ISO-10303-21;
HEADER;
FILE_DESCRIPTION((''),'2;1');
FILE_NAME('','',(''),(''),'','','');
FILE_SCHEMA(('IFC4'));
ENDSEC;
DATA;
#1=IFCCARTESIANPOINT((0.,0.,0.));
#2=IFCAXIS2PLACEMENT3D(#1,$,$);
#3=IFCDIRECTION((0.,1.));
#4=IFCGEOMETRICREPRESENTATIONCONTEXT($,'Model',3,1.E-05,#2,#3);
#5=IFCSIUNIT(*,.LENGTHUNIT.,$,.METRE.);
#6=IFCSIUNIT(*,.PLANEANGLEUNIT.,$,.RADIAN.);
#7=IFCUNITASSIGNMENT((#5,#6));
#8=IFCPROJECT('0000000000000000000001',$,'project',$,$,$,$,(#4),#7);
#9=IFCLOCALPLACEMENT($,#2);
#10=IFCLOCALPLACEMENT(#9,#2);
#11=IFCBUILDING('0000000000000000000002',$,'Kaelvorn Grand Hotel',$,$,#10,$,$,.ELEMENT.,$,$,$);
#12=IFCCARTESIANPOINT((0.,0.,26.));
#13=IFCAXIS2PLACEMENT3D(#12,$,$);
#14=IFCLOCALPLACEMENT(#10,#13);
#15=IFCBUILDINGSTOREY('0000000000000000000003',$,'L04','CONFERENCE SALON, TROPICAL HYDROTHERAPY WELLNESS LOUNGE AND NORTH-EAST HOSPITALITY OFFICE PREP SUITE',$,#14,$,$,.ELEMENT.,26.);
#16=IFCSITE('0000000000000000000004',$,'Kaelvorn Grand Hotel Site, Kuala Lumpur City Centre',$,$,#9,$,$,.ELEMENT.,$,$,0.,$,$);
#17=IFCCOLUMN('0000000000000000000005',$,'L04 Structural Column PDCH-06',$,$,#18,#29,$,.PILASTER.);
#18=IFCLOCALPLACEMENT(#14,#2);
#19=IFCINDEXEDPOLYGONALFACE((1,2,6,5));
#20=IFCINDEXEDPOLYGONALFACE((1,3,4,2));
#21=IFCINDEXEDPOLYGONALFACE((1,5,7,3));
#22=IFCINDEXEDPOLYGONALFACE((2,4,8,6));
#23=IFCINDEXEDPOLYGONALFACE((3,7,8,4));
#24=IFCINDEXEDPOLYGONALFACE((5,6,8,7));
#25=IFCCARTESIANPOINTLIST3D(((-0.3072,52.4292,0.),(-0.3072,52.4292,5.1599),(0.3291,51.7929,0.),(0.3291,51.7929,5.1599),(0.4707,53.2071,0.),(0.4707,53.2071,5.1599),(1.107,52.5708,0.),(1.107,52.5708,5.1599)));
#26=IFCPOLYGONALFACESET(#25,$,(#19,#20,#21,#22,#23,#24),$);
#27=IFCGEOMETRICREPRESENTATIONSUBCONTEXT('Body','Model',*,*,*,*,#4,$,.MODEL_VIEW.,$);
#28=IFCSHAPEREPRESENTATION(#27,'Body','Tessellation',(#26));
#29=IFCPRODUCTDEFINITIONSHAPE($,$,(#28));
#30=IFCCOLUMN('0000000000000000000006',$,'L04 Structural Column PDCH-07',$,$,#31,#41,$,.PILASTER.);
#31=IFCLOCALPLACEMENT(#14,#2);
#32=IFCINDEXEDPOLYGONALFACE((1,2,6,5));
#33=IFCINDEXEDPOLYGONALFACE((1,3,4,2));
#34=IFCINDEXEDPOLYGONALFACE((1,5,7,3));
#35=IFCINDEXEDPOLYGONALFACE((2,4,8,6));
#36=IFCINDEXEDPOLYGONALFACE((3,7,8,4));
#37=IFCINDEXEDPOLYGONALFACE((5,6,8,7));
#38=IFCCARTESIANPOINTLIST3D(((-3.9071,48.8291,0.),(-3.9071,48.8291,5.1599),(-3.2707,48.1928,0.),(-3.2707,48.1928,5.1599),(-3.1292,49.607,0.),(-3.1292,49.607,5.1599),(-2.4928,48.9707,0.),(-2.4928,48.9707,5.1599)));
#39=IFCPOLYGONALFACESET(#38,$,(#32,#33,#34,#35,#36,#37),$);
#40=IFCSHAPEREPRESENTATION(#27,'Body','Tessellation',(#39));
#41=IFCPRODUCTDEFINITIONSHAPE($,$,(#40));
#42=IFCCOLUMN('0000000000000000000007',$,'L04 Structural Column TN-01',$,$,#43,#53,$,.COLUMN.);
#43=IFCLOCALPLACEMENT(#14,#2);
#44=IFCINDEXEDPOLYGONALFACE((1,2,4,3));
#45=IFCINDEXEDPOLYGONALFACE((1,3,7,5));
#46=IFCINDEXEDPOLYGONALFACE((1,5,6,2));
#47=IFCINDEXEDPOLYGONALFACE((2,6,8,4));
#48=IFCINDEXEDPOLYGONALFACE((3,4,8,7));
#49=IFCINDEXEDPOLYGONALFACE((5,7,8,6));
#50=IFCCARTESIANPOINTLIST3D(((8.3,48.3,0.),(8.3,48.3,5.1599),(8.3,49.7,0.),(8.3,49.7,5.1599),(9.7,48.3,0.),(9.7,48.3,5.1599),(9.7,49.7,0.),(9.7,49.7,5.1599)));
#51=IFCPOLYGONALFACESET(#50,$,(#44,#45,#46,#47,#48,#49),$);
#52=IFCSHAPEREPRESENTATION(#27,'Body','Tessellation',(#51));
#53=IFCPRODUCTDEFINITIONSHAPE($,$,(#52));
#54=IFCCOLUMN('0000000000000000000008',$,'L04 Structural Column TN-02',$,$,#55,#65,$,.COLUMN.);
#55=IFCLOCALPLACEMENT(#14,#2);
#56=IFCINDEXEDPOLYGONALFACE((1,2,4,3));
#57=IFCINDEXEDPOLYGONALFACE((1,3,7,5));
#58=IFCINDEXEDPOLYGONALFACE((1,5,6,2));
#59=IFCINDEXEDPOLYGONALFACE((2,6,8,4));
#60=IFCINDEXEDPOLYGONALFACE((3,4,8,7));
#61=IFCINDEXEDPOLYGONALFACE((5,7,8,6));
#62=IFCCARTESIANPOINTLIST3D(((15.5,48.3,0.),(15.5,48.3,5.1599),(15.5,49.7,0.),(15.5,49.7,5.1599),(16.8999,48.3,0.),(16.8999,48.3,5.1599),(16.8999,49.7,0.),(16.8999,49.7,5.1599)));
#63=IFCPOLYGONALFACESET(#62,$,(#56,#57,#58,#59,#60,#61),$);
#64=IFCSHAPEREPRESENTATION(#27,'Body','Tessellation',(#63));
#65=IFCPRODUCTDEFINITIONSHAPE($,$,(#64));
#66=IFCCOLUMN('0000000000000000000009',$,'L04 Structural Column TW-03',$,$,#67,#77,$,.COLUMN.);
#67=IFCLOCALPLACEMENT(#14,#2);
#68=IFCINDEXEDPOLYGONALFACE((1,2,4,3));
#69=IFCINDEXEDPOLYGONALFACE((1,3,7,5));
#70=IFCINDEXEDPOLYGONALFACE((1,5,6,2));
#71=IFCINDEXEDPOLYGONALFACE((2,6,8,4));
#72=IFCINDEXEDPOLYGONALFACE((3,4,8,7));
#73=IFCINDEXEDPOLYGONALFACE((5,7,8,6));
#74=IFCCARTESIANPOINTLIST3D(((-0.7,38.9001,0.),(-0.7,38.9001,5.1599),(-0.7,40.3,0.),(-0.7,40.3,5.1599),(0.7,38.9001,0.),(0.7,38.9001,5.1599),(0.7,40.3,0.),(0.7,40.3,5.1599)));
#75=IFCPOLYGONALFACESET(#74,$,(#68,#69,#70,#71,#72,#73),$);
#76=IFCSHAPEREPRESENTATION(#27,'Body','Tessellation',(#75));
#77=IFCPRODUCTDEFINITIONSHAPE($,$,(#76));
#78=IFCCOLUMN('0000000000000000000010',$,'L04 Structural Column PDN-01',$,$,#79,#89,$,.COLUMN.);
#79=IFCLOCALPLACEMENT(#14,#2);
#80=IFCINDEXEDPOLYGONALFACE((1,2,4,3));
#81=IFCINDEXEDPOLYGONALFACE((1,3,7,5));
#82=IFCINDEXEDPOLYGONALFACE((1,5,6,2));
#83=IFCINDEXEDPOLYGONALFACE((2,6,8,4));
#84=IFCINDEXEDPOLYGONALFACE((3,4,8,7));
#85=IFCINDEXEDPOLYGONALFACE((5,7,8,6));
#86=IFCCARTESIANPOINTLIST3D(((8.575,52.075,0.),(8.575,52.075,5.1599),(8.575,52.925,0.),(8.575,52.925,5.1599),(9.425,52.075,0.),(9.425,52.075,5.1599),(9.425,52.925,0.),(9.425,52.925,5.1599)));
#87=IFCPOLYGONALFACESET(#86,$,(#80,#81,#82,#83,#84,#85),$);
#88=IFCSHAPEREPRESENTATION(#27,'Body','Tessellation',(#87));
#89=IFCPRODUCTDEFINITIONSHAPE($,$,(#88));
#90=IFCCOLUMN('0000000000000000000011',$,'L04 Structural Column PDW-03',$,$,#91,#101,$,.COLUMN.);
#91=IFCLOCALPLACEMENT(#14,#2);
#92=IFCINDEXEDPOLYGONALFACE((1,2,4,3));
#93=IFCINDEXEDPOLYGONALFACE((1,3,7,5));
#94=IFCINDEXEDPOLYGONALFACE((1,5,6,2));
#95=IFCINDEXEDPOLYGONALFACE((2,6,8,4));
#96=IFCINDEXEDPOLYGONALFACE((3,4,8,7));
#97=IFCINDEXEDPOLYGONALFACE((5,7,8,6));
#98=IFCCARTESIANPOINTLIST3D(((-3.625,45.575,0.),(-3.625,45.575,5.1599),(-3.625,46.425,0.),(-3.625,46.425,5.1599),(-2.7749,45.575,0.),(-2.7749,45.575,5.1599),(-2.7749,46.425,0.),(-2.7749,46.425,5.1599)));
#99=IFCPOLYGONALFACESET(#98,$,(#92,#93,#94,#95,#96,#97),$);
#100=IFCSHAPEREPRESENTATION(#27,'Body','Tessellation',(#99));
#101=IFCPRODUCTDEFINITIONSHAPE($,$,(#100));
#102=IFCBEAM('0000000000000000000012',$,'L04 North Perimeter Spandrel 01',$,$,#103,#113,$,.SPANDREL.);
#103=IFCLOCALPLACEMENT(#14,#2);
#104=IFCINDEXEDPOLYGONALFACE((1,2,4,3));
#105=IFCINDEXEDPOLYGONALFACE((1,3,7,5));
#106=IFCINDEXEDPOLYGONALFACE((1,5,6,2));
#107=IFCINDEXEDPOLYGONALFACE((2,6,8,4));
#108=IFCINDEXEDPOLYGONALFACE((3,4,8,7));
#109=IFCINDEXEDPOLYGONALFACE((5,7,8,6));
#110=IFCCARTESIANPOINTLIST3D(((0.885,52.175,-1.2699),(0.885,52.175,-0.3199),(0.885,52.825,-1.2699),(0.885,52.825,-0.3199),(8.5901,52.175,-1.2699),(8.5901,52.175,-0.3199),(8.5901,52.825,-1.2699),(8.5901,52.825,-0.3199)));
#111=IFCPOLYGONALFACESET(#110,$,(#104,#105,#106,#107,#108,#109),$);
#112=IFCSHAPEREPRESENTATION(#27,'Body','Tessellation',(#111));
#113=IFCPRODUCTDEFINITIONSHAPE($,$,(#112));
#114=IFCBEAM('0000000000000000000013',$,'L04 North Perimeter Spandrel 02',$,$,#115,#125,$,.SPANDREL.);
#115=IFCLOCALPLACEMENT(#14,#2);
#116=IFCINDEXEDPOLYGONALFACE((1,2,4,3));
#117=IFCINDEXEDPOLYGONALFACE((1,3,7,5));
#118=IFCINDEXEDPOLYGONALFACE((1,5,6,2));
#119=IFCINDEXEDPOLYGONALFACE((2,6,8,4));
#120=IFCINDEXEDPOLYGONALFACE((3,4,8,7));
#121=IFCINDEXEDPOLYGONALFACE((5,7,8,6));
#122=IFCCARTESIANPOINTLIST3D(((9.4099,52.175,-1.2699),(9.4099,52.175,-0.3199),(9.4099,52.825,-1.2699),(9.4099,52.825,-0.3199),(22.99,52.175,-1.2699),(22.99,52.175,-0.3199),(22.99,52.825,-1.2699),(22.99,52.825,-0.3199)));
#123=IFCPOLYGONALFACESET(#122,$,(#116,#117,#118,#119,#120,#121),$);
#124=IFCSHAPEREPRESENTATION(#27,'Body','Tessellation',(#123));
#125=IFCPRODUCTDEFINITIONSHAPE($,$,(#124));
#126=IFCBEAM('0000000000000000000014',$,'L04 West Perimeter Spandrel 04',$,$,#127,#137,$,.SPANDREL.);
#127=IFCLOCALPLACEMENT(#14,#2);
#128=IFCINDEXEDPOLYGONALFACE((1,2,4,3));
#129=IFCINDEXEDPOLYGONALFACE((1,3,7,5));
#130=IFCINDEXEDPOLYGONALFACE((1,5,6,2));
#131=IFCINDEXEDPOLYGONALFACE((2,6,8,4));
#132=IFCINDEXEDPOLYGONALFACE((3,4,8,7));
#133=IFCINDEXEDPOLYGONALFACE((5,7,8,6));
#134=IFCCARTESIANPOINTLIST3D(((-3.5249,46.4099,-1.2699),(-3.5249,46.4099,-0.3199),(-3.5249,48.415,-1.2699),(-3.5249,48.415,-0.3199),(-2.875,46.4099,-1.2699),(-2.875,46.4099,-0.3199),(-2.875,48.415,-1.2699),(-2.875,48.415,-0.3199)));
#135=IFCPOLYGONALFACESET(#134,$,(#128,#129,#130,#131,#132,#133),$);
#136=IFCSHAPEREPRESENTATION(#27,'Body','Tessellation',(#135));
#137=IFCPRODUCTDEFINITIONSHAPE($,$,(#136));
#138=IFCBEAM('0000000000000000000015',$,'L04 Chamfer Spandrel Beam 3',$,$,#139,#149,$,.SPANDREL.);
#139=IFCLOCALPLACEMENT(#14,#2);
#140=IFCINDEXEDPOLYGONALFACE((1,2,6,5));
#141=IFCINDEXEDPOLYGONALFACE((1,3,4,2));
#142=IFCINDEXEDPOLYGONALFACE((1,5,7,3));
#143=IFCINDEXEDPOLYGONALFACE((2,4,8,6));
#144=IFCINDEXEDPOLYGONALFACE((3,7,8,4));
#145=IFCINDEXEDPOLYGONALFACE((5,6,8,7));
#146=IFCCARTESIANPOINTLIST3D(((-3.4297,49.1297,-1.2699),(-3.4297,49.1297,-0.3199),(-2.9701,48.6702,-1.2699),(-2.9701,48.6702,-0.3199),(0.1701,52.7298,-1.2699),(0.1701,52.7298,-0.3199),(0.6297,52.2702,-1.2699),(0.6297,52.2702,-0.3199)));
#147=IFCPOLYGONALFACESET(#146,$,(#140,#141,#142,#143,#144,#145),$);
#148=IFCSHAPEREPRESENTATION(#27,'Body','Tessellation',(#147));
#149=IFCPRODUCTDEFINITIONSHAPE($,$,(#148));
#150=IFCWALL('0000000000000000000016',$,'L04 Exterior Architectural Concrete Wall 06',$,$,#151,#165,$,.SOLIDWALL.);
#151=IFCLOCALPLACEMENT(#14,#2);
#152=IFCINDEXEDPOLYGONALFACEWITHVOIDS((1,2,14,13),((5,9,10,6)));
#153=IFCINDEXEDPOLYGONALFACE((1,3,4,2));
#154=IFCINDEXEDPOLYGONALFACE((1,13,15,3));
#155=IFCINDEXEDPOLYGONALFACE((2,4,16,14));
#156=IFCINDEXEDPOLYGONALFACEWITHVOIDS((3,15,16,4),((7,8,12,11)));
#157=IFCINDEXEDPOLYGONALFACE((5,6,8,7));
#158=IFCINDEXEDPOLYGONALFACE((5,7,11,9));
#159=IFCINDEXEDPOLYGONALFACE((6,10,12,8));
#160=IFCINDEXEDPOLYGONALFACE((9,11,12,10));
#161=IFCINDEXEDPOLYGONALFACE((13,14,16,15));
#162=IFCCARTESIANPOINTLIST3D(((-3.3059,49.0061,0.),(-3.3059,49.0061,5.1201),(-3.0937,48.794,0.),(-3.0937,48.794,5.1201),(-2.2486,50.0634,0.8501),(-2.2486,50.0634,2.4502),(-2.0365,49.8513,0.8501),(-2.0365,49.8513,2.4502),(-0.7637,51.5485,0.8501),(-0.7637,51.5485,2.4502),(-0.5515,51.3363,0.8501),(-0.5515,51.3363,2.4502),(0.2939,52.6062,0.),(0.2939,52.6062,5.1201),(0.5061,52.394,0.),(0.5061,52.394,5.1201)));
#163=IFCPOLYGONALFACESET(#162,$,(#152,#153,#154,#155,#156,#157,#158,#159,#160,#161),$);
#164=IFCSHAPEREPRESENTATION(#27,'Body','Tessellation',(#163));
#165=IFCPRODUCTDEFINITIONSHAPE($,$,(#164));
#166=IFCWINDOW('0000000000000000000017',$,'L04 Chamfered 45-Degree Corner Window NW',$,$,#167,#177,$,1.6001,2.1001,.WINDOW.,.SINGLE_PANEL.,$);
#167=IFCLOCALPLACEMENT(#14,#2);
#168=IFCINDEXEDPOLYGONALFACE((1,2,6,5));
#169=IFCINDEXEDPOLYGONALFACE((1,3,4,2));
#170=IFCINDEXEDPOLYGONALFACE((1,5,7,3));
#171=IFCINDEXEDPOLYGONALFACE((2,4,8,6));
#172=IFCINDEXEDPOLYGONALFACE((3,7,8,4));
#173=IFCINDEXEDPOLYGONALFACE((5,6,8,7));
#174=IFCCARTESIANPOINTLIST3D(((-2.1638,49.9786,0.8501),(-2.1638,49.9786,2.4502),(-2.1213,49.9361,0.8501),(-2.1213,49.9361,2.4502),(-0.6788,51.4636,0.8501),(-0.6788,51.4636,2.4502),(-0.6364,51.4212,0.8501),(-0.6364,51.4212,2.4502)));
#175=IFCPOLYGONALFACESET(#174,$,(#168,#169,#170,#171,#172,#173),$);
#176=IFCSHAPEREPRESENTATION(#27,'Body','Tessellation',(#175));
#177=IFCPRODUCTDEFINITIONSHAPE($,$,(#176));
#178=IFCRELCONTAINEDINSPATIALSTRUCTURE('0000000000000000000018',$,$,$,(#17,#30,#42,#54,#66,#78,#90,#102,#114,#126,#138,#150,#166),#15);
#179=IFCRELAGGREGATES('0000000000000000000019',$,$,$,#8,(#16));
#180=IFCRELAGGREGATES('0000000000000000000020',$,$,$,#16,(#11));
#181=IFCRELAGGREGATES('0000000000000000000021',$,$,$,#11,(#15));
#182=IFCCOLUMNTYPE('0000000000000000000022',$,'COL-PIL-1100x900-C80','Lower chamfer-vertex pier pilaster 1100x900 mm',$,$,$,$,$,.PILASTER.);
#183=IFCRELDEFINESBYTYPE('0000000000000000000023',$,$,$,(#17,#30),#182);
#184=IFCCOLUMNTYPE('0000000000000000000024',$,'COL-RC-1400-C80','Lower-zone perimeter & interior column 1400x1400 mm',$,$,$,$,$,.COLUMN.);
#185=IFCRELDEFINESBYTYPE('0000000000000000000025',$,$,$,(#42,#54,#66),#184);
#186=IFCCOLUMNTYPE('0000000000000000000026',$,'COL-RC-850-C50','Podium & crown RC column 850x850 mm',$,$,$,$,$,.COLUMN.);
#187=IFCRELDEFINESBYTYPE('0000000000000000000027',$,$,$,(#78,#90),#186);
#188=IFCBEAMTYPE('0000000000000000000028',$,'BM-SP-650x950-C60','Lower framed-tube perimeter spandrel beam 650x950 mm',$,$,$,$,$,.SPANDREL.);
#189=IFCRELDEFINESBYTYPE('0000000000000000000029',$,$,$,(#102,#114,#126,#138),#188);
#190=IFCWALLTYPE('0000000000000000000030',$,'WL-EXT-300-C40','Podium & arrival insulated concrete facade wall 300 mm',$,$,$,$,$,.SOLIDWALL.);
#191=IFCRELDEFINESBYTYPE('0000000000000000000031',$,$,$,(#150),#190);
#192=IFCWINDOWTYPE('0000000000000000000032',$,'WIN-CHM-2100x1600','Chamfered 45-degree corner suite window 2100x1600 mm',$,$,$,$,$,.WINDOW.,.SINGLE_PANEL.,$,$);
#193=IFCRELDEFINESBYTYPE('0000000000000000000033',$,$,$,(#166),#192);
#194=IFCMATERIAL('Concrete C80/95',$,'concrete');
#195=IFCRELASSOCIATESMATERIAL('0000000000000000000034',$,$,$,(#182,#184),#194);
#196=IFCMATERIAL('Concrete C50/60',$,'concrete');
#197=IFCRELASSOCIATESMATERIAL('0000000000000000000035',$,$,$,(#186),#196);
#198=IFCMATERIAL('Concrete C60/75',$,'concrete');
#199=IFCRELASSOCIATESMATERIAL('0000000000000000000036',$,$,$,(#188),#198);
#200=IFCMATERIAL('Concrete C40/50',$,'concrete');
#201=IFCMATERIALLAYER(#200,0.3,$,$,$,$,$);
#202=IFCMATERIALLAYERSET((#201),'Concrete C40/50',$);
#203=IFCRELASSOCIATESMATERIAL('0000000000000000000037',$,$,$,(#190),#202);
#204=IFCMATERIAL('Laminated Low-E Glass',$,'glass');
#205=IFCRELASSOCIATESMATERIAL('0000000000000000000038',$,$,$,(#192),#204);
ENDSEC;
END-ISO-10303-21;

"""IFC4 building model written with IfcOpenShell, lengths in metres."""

from ifc_helpers import new_model, si_unit, direction, frame, frame_2d, origin, origin_2d, place, context, subcontext, project, spatial, rectangle, extrude, material, layer, layer_set, material_profile, profile_set, type_object, element, fill, save


model = new_model("IFC4")

# Units and contexts
model_context = context("Model", 3, precision=1e-05, world=origin(), true_north=direction((0.0, 1.0)))
body_context = subcontext(model_context, "Body", "Model", "MODEL_VIEW")
ifc_project = project(units=[si_unit("LENGTHUNIT", "METRE"), si_unit("PLANEANGLEUNIT", "RADIAN")], contexts=[model_context])

# Site, building, storey
site_placement = place(None, origin())
site = spatial("IfcSite", under=ifc_project, at=site_placement, Name="Kaelvorn Grand Hotel Site, Kuala Lumpur City Centre", CompositionType="ELEMENT", RefElevation=0.0)
building_placement = place(site_placement, origin())
building = spatial("IfcBuilding", under=site, at=building_placement, Name="Kaelvorn Grand Hotel", CompositionType="ELEMENT")
storey_placement = place(building_placement, frame((0.0, 0.0, 26.0)))
storey = spatial("IfcBuildingStorey", under=building, at=storey_placement, Name="L04", Description="CONFERENCE SALON, TROPICAL HYDROTHERAPY WELLNESS LOUNGE AND NORTH-EAST HOSPITALITY OFFICE PREP SUITE", CompositionType="ELEMENT", Elevation=26.0)

# Columns
ifc_material_1 = material(Name="Concrete C80/95", Category="concrete")
ifc_material_profile_1 = material_profile(ifc_material_1, rectangle(XDim=1.1001, YDim=0.8999, at=origin_2d()), Name="RC PILASTER 1100x900")
ifc_profile_set_1 = profile_set([ifc_material_profile_1], Name="Concrete C80/95")
column_type_1 = type_object("IfcColumnType", Name="COL-PIL-1100x900-C80", Description="Lower chamfer-vertex pier pilaster 1100x900 mm", PredefinedType="PILASTER", material=ifc_profile_set_1)
for number, where, z_axis, x_axis, name in (
    (1, (0.3999, 52.5, 0.0), (0.0, 0.0, 1.0), (0.707107, 0.707107, 0.0), "L04 Structural Column PDCH-06"),
    (2, (-3.2, 48.8999, 0.0), (0.0, 0.0, 1.0), (0.707107, 0.707107, 0.0), "L04 Structural Column PDCH-07"),
):
    element("IfcColumn", number, at=place(storey_placement, frame(where, z_axis=z_axis, x_axis=x_axis)), inside=storey, type_object=column_type_1, Name=name, PredefinedType="PILASTER", context=body_context, shape_type="SweptSolid", body=[
        extrude(rectangle(XDim=1.1001, YDim=0.8999, at=origin_2d()), origin(), (0.0, 0.0, 1.0), 5.1599),
    ])
ifc_material_profile_2 = material_profile(ifc_material_1, rectangle(XDim=1.3999, YDim=1.3999, at=origin_2d()), Name="RC COL 1400x1400")
ifc_profile_set_2 = profile_set([ifc_material_profile_2], Name="Concrete C80/95")
column_type_2 = type_object("IfcColumnType", Name="COL-RC-1400-C80", Description="Lower-zone perimeter & interior column 1400x1400 mm", PredefinedType="COLUMN", material=ifc_profile_set_2)
for number, where, z_axis, x_axis, name in (
    (3, (9.0, 49.0, 0.0), (0.0, 0.0, 1.0), (1.0, 0.0, 0.0), "L04 Structural Column TN-01"),
    (4, (16.2, 49.0, 0.0), (0.0, 0.0, 1.0), (1.0, 0.0, 0.0), "L04 Structural Column TN-02"),
    (5, (0.0, 39.6001, 0.0), (0.0, 0.0, 1.0), (1.0, 0.0, 0.0), "L04 Structural Column TW-03"),
):
    element("IfcColumn", number, at=place(storey_placement, frame(where, z_axis=z_axis, x_axis=x_axis)), inside=storey, type_object=column_type_2, Name=name, PredefinedType="COLUMN", context=body_context, shape_type="SweptSolid", body=[
        extrude(rectangle(XDim=1.3999, YDim=1.3999, at=origin_2d()), origin(), (0.0, 0.0, 1.0), 5.1599),
    ])
ifc_material_2 = material(Name="Concrete C50/60", Category="concrete")
ifc_material_profile_3 = material_profile(ifc_material_2, rectangle(XDim=0.8501, YDim=0.8501, at=origin_2d()), Name="RC COL 850x850")
ifc_profile_set_3 = profile_set([ifc_material_profile_3], Name="Concrete C50/60")
column_type_3 = type_object("IfcColumnType", Name="COL-RC-850-C50", Description="Podium & crown RC column 850x850 mm", PredefinedType="COLUMN", material=ifc_profile_set_3)
for number, where, z_axis, x_axis, name in (
    (6, (9.0, 52.5, 0.0), (0.0, 0.0, 1.0), (1.0, 0.0, 0.0), "L04 Structural Column PDN-01"),
    (7, (-3.2, 46.0, 0.0), (0.0, 0.0, 1.0), (1.0, 0.0, 0.0), "L04 Structural Column PDW-03"),
):
    element("IfcColumn", number, at=place(storey_placement, frame(where, z_axis=z_axis, x_axis=x_axis)), inside=storey, type_object=column_type_3, Name=name, PredefinedType="COLUMN", context=body_context, shape_type="SweptSolid", body=[
        extrude(rectangle(XDim=0.8501, YDim=0.8501, at=origin_2d()), origin(), (0.0, 0.0, 1.0), 5.1599),
    ])

# Beams
ifc_material_3 = material(Name="Concrete C60/75", Category="concrete")
ifc_material_profile_4 = material_profile(ifc_material_3, rectangle(XDim=0.6499, YDim=0.95, at=origin_2d()), Name="RC SPANDREL 650x950")
ifc_profile_set_4 = profile_set([ifc_material_profile_4], Name="Concrete C60/75")
beam_type = type_object("IfcBeamType", Name="BM-SP-650x950-C60", Description="Lower framed-tube perimeter spandrel beam 650x950 mm", PredefinedType="SPANDREL", material=ifc_profile_set_4)
beam_1_placement = place(storey_placement, frame((0.885, 52.5, -0.7949), z_axis=(1.0, 0.0, 0.0), x_axis=(0.0, 1.0, 0.0)))
element("IfcBeam", 8, at=beam_1_placement, inside=storey, type_object=beam_type, Name="L04 North Perimeter Spandrel 01", PredefinedType="SPANDREL", context=body_context, shape_type="SweptSolid", body=[
    extrude(rectangle(XDim=0.6499, YDim=0.95, at=origin_2d()), origin(), (0.0, 0.0, 1.0), 7.7051),
])
beam_2_placement = place(storey_placement, frame((9.4099, 52.5, -0.7949), z_axis=(1.0, 0.0, 0.0), x_axis=(0.0, 1.0, 0.0)))
element("IfcBeam", 9, at=beam_2_placement, inside=storey, type_object=beam_type, Name="L04 North Perimeter Spandrel 02", PredefinedType="SPANDREL", context=body_context, shape_type="SweptSolid", body=[
    extrude(rectangle(XDim=0.6499, YDim=0.95, at=origin_2d()), origin(), (0.0, 0.0, 1.0), 13.5801),
])
beam_3_placement = place(storey_placement, frame((-3.2, 46.4099, -0.7949), z_axis=(0.0, 1.0, 0.0), x_axis=(-1.0, 0.0, 0.0)))
element("IfcBeam", 10, at=beam_3_placement, inside=storey, type_object=beam_type, Name="L04 West Perimeter Spandrel 04", PredefinedType="SPANDREL", context=body_context, shape_type="SweptSolid", body=[
    extrude(rectangle(XDim=0.6499, YDim=0.95, at=origin_2d()), origin(), (0.0, 0.0, 1.0), 2.0051),
])
beam_4_placement = place(storey_placement, frame((0.3999, 52.5, -0.7949), z_axis=(-0.707083, -0.707131, 0.0), x_axis=(0.707131, -0.707083, 0.0)))
element("IfcBeam", 11, at=beam_4_placement, inside=storey, type_object=beam_type, Name="L04 Chamfer Spandrel Beam 3", PredefinedType="SPANDREL", context=body_context, shape_type="SweptSolid", body=[
    extrude(rectangle(XDim=0.6499, YDim=0.95, at=origin_2d()), origin(), (0.0, 0.0, 1.0), 5.0911),
])

# Wall, opening, window
ifc_material_4 = material(Name="Concrete C40/50", Category="concrete")
ifc_layer_1 = layer(ifc_material_4, 0.3)
ifc_layer_set_1 = layer_set([ifc_layer_1], Name="Concrete C40/50")
wall_type_1 = type_object("IfcWallType", Name="WL-EXT-300-C40", Description="Podium & arrival insulated concrete facade wall 300 mm", PredefinedType="SOLIDWALL", material=ifc_layer_set_1)
wall_1_placement = place(storey_placement, frame((0.3999, 52.5, 0.0), z_axis=(0.0, 0.0, 1.0), x_axis=(-0.707083, -0.707131, 0.0)))
wall_1 = element("IfcWall", 12, at=wall_1_placement, inside=storey, type_object=wall_type_1, Name="L04 Exterior Architectural Concrete Wall 06", PredefinedType="SOLIDWALL", context=body_context, shape_type="SweptSolid", body=[
    extrude(rectangle(XDim=5.0911, YDim=0.3, at=frame_2d((2.5454, 0.0))), origin(), (0.0, 0.0, 1.0), 5.1201),
])
opening_1_placement = place(wall_1_placement, frame((1.4956, 0.0, 0.8501)))
opening_1 = element("IfcOpeningElement", 13, at=opening_1_placement, cuts=wall_1, PredefinedType="OPENING", context=body_context, shape_type="SweptSolid", body=[
    extrude(rectangle(XDim=2.1001, YDim=1.6001, at=frame_2d((1.05, 0.8))), frame((0.0, 0.1602, 0.0), z_axis=(0.0, -1.0, 0.0), x_axis=(1.0, 0.0, 0.0)), (0.0, 0.0, 1.0), 0.3201),
])
ifc_material_5 = material(Name="Laminated Low-E Glass", Category="glass")
window_type_1 = type_object("IfcWindowType", Name="WIN-CHM-2100x1600", Description="Chamfered 45-degree corner suite window 2100x1600 mm", PartitioningType="SINGLE_PANEL", PredefinedType="WINDOW", material=ifc_material_5)
window_1_placement = place(opening_1_placement, origin())
window_1 = element("IfcWindow", 14, at=window_1_placement, inside=storey, type_object=window_type_1, Name="L04 Chamfered 45-Degree Corner Window NW", OverallHeight=1.6001, OverallWidth=2.1001, PartitioningType="SINGLE_PANEL", PredefinedType="WINDOW", context=body_context, shape_type="SweptSolid", body=[
    extrude(rectangle(XDim=2.1001, YDim=1.6001, at=frame_2d((1.05, 0.8))), frame((0.0, 0.03, 0.0), z_axis=(0.0, -1.0, 0.0), x_axis=(1.0, 0.0, 0.0)), (0.0, 0.0, 1.0), 0.0601),
])
fill(opening_1, window_1)

save(model, "model.ifc")
